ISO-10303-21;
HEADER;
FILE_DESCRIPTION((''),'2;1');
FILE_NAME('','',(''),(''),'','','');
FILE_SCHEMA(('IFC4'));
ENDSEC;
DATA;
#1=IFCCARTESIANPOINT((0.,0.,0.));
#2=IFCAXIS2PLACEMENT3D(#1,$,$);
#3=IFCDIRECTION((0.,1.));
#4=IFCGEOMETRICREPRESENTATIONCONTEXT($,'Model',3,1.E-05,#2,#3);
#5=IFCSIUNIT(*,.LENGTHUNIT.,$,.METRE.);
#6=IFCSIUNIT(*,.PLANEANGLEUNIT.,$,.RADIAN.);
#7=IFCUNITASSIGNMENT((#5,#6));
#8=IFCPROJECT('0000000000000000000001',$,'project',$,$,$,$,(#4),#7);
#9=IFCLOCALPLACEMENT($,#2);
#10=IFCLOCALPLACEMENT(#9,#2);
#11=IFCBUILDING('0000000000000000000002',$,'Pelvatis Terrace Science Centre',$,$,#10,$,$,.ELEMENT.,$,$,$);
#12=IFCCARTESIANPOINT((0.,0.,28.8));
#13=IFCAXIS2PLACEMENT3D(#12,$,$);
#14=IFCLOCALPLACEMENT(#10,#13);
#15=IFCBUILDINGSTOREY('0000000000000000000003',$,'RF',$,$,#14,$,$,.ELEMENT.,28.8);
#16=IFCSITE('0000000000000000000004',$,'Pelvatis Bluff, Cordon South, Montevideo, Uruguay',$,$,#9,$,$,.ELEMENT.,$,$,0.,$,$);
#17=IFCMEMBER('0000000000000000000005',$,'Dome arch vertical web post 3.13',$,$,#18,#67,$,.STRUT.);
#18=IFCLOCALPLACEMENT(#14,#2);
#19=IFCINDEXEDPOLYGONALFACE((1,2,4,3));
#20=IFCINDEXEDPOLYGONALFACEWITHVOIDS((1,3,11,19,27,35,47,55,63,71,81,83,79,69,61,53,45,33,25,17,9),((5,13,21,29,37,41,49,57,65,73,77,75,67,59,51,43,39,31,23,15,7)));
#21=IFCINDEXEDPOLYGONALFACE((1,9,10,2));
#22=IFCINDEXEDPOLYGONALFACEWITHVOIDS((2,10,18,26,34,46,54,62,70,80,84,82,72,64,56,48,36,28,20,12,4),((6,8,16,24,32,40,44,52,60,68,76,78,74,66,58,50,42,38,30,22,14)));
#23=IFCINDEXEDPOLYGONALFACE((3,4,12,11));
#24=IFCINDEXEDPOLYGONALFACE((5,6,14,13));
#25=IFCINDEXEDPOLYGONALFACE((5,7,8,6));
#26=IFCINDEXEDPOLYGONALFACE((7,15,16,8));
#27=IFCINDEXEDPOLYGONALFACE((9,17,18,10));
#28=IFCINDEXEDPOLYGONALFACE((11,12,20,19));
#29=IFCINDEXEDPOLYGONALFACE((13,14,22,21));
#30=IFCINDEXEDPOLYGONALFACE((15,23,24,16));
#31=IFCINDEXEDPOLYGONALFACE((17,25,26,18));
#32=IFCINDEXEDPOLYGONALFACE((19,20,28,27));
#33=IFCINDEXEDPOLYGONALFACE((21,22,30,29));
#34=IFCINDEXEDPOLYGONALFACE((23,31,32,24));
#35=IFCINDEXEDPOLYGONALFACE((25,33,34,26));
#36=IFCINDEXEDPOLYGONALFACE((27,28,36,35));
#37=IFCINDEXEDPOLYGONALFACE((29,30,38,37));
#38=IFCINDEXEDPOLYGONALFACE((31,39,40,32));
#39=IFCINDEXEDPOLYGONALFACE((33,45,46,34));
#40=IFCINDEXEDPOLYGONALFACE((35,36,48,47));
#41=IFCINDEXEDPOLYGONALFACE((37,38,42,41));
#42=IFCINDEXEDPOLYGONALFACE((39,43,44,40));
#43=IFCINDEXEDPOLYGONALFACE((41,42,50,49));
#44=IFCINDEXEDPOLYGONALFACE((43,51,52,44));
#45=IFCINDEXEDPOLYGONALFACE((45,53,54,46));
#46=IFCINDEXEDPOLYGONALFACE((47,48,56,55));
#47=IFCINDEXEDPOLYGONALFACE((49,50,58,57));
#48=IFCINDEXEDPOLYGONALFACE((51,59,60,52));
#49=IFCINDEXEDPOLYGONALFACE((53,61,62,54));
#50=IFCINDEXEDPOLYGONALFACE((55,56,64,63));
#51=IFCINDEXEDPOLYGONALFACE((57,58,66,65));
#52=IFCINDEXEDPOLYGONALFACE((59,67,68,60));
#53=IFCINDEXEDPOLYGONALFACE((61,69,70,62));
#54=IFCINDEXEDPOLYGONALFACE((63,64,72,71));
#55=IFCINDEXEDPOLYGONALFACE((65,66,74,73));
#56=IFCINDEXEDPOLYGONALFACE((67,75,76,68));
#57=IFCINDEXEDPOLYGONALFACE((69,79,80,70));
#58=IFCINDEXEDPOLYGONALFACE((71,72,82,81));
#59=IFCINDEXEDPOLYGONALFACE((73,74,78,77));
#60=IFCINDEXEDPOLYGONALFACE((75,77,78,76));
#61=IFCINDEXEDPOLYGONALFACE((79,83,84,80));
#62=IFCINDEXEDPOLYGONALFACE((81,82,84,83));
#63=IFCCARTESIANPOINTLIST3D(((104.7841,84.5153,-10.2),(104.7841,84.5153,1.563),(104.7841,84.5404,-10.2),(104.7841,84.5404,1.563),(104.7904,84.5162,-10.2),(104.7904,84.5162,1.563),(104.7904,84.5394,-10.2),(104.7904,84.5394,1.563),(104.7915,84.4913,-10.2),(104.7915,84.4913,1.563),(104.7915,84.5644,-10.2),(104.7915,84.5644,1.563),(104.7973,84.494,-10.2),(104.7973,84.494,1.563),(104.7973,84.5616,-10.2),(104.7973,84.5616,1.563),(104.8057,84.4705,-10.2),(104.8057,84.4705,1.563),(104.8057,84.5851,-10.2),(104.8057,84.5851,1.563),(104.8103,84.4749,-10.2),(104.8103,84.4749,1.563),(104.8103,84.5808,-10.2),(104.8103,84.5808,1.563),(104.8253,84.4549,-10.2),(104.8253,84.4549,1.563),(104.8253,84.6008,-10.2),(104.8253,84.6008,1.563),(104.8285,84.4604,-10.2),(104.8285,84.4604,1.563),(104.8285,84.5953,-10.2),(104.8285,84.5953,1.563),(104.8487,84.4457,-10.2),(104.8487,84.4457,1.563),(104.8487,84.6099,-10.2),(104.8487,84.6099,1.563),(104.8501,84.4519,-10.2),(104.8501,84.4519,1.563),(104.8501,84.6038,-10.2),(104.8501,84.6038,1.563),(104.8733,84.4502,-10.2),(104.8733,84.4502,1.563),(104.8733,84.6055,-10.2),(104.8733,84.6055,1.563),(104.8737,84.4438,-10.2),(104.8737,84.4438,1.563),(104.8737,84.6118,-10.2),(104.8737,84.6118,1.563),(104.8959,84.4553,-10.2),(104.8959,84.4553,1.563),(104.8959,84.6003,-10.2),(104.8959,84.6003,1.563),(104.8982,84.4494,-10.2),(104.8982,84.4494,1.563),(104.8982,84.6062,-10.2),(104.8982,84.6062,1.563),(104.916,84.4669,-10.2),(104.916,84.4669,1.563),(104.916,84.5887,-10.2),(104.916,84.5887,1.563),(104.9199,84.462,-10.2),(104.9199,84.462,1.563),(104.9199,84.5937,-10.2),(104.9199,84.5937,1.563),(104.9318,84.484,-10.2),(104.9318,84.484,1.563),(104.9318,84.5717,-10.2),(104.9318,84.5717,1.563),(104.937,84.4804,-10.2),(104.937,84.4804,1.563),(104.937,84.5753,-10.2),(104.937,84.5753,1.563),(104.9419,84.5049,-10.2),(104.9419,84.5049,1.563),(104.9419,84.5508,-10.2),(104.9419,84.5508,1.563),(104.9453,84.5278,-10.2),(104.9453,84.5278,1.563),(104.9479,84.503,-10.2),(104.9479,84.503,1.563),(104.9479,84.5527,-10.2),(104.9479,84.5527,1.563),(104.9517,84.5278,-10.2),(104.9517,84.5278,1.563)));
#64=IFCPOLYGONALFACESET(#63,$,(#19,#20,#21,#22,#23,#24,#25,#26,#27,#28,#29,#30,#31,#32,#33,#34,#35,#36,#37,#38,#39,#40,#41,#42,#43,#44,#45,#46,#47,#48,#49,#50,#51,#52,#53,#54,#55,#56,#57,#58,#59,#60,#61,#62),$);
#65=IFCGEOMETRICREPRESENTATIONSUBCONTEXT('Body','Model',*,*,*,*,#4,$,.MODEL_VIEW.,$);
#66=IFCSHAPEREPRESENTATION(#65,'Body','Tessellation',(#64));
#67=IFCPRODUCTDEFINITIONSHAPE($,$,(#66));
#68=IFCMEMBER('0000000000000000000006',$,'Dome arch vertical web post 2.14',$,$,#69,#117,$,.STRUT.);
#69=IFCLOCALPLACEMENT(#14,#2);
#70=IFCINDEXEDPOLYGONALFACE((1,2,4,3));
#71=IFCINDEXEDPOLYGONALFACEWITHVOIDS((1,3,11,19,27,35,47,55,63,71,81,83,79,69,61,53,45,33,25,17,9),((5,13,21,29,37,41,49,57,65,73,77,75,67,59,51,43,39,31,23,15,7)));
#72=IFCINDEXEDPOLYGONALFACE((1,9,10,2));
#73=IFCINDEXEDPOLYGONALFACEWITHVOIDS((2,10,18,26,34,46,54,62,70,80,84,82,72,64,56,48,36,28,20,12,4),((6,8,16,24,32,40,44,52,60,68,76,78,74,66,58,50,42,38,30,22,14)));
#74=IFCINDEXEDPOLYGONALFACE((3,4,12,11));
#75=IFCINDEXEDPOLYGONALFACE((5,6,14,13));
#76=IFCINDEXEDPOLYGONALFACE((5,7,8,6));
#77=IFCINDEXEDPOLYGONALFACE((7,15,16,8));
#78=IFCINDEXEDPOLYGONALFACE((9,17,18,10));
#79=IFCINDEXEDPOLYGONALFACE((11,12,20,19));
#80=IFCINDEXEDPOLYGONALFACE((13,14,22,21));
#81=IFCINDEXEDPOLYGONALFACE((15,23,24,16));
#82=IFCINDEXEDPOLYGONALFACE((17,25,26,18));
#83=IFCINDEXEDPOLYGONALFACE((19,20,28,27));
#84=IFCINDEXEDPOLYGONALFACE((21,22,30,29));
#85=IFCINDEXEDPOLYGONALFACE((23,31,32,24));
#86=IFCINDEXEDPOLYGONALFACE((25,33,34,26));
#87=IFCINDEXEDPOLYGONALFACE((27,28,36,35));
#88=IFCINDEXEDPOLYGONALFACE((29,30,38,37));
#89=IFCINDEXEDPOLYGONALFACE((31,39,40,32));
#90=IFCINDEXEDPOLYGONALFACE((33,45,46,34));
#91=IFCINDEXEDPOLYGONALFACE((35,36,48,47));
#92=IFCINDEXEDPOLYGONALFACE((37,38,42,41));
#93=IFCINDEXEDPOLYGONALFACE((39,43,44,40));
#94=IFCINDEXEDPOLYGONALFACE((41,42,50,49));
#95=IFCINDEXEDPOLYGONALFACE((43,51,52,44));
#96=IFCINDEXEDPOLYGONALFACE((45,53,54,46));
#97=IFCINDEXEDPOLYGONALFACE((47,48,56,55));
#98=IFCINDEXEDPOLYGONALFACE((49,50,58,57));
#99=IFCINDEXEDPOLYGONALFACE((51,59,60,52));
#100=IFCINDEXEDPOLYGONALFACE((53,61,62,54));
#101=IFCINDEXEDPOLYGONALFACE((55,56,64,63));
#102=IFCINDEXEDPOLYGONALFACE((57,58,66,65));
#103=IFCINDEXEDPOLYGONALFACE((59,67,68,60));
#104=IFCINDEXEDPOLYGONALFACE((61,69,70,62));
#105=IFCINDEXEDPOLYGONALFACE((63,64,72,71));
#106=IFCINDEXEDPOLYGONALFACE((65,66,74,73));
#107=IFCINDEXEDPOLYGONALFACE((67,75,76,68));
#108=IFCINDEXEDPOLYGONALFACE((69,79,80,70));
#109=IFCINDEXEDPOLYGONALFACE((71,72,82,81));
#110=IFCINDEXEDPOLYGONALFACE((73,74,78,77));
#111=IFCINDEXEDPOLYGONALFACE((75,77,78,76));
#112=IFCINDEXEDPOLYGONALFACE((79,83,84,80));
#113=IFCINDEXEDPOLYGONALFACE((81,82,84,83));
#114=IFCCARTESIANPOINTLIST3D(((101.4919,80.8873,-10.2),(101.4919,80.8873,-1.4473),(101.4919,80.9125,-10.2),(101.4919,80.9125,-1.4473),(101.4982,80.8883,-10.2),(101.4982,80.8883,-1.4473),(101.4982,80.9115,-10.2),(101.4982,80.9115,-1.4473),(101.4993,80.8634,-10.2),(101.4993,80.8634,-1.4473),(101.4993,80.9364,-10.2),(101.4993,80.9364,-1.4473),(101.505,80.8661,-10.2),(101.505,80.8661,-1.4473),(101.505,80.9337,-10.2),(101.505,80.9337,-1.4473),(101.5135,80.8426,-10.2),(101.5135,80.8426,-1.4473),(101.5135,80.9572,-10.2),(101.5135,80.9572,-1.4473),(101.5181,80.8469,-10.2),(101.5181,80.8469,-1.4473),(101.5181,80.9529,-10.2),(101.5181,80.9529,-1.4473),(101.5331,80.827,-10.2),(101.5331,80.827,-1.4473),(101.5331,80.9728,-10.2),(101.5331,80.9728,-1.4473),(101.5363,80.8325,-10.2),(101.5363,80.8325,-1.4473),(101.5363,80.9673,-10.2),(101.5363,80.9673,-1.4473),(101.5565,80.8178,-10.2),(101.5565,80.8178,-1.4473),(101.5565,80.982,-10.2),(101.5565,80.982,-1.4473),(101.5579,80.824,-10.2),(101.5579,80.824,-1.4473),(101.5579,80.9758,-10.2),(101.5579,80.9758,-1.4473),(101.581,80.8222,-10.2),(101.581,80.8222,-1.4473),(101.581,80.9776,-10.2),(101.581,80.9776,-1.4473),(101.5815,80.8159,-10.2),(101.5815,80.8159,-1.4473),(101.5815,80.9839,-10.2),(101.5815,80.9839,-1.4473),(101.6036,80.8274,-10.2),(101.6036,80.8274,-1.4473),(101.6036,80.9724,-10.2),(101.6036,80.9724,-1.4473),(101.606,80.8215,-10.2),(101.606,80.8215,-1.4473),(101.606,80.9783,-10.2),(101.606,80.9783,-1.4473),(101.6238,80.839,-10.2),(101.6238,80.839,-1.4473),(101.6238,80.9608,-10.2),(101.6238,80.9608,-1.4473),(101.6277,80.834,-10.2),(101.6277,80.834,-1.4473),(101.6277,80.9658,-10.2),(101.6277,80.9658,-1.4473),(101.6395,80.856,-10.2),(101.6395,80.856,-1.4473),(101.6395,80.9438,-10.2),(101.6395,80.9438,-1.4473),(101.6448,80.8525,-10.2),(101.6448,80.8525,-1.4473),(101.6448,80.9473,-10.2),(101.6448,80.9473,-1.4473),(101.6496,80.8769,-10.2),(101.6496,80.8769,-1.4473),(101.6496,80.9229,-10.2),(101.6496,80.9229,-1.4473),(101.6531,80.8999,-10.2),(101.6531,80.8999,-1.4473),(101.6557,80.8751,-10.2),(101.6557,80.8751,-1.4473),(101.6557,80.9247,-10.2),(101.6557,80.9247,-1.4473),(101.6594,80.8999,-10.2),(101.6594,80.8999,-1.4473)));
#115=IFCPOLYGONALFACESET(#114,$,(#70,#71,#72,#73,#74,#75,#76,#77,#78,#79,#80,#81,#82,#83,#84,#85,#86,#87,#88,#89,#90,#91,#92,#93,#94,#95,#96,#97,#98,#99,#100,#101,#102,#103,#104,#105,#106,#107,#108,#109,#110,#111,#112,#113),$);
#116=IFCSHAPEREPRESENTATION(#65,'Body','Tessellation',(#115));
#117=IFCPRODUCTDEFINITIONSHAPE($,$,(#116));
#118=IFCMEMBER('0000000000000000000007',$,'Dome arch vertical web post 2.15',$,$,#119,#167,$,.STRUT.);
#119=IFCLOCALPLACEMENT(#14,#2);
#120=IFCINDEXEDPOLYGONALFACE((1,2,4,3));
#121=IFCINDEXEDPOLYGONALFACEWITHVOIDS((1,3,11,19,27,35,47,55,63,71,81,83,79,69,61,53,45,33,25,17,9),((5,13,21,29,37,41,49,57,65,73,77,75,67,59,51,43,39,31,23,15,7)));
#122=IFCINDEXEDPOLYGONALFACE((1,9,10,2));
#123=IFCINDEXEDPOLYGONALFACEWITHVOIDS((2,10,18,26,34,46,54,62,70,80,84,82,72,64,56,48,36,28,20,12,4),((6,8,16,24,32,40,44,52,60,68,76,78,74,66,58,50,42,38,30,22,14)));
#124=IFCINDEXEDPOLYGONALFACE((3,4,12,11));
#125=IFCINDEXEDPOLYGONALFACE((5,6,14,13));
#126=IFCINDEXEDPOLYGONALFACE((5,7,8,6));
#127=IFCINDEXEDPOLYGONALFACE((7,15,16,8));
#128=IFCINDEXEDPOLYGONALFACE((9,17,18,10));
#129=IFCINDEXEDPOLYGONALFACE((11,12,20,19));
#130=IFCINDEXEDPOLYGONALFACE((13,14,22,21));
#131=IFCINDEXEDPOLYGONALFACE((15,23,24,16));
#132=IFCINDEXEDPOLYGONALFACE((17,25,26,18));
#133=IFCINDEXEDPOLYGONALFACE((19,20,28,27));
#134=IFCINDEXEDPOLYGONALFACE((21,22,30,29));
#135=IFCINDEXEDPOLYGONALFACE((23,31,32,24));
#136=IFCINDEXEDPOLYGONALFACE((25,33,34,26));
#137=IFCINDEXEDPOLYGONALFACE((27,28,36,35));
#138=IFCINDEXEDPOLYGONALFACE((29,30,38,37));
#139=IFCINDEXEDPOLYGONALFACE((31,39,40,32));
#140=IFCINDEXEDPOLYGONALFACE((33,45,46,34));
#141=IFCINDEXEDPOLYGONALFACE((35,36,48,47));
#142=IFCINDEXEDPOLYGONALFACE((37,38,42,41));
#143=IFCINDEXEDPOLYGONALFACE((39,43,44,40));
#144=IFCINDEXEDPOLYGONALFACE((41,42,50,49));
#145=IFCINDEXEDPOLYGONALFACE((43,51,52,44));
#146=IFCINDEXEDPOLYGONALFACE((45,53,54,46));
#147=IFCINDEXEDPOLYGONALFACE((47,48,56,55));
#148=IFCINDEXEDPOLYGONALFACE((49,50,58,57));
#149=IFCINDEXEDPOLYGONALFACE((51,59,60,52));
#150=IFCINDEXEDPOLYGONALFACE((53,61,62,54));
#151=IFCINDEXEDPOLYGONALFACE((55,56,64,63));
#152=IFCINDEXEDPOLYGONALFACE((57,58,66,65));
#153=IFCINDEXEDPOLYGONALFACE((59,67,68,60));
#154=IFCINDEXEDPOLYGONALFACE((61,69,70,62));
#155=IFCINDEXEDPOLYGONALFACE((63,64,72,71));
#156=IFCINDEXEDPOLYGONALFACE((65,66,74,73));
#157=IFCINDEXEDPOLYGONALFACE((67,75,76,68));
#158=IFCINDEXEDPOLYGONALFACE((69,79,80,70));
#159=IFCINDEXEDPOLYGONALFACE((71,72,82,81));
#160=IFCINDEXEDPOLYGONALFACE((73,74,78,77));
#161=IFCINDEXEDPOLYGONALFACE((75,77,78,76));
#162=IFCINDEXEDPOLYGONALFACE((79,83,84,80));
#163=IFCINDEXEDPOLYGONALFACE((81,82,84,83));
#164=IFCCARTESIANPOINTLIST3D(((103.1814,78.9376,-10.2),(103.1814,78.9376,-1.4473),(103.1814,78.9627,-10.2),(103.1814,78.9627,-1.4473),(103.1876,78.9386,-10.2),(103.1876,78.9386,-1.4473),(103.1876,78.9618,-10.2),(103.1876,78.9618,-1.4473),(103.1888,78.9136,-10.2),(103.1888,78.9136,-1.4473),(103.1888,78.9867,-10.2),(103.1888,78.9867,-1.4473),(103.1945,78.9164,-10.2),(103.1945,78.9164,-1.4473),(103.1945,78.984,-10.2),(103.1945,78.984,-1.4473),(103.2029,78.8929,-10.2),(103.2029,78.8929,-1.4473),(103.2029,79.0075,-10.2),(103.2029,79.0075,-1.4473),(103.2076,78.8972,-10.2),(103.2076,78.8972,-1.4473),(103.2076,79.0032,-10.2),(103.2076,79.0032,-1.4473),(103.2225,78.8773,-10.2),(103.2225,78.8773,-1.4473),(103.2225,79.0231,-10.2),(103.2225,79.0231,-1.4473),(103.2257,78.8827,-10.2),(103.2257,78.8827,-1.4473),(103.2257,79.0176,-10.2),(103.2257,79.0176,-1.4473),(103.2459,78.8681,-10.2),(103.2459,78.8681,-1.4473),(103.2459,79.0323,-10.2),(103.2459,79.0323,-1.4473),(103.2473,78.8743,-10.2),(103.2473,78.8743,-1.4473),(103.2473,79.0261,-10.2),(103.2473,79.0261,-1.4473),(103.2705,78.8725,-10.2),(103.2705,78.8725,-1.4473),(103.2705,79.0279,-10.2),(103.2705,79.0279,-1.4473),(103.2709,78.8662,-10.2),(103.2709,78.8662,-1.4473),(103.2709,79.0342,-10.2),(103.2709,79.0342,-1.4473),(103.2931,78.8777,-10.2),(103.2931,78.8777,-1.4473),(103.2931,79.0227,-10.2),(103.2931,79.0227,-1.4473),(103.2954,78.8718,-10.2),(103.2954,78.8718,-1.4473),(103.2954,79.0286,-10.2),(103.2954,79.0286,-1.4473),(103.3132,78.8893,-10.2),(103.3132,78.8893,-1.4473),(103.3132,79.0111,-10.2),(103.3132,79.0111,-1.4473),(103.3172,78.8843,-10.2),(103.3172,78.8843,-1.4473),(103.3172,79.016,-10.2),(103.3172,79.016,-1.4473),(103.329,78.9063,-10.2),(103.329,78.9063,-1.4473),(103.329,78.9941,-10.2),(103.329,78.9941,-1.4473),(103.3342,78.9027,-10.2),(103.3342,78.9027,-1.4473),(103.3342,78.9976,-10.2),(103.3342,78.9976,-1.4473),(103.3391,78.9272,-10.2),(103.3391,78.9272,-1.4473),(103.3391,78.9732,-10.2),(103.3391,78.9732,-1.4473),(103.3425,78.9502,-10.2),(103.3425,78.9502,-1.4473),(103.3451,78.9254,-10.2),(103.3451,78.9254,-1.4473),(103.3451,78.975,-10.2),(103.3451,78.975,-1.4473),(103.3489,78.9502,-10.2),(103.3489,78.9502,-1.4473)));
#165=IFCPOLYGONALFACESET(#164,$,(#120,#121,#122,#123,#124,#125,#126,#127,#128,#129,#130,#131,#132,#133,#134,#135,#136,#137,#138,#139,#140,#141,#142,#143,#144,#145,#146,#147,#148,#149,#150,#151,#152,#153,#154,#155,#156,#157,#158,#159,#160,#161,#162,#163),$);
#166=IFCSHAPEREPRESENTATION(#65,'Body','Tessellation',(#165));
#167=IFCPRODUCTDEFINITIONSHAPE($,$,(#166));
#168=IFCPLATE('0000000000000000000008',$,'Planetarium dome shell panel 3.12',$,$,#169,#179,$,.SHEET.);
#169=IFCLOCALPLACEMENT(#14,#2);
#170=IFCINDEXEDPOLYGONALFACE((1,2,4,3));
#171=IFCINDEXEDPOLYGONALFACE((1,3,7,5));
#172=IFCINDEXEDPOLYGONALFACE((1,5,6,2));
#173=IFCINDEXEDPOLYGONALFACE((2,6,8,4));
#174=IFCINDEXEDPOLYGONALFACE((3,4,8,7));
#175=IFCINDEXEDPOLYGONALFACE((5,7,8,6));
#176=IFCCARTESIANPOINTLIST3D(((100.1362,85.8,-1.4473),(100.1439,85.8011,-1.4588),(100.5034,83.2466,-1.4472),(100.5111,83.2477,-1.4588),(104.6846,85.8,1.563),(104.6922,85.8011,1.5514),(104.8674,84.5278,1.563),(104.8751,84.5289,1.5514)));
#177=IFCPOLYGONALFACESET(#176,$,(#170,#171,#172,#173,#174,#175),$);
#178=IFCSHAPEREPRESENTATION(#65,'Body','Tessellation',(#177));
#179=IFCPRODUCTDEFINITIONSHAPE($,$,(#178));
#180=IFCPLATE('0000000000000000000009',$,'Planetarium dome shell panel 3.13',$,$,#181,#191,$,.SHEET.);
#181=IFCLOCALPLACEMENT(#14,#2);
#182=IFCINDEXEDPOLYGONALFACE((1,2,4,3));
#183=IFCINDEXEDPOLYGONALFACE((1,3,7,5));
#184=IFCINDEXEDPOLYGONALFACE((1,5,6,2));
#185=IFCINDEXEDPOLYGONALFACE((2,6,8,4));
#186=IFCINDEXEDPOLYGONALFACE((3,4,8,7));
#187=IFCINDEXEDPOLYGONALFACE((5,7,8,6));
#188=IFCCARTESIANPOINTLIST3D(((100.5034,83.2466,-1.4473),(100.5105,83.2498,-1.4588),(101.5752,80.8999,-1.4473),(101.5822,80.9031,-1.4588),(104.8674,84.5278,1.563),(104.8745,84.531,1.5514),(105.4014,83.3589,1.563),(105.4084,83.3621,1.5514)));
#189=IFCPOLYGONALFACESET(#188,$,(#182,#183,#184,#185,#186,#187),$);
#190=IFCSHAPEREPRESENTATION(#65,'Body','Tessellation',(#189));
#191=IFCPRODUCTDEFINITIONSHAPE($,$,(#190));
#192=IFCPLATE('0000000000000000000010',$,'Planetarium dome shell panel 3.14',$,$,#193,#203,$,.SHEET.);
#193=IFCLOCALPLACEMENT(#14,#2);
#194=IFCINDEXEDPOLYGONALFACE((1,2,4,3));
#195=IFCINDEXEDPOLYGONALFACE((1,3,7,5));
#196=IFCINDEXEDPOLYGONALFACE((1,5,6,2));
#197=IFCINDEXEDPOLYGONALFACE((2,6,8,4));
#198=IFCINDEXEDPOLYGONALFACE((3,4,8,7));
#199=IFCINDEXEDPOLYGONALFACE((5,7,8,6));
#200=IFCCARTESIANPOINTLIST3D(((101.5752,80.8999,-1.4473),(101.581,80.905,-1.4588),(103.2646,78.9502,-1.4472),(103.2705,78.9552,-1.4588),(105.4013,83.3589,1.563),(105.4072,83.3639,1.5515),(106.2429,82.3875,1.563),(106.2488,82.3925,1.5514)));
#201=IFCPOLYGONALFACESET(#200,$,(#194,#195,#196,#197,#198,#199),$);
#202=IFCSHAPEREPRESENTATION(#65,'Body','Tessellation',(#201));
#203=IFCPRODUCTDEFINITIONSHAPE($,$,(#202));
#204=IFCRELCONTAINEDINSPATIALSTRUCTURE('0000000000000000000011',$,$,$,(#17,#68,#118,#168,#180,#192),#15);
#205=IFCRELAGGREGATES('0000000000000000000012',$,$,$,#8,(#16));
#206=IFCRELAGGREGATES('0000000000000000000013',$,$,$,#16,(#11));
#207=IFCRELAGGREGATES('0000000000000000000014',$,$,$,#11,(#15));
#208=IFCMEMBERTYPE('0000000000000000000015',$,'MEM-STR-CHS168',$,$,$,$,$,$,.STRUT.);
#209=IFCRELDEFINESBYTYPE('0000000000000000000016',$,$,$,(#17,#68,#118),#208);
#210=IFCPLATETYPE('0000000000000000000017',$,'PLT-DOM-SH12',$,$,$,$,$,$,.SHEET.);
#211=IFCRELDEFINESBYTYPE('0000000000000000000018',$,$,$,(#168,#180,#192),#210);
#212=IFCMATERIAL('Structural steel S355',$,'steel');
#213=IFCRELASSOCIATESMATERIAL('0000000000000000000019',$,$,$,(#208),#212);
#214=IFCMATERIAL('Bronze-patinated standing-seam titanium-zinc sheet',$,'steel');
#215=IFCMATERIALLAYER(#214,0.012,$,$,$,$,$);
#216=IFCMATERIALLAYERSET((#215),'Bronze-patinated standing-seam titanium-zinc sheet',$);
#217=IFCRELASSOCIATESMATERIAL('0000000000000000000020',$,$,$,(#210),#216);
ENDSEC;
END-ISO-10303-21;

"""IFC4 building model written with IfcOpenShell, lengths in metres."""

from ifc_helpers import new_model, si_unit, direction, frame, origin, origin_2d, place, context, subcontext, project, spatial, polyline, hollow_circle, outline, extrude, material, layer, layer_set, material_profile, profile_set, type_object, element, save


model = new_model("IFC4")

# Units and contexts
model_context = context("Model", 3, precision=1e-05, world=origin(), true_north=direction((0.0, 1.0)))
body_context = subcontext(model_context, "Body", "Model", "MODEL_VIEW")
ifc_project = project(units=[si_unit("LENGTHUNIT", "METRE"), si_unit("PLANEANGLEUNIT", "RADIAN")], contexts=[model_context])

# Site, building, storey
site_placement = place(None, origin())
site = spatial("IfcSite", under=ifc_project, at=site_placement, Name="Pelvatis Bluff, Cordon South, Montevideo, Uruguay", CompositionType="ELEMENT", RefElevation=0.0)
building_placement = place(site_placement, origin())
building = spatial("IfcBuilding", under=site, at=building_placement, Name="Pelvatis Terrace Science Centre", CompositionType="ELEMENT")
storey_placement = place(building_placement, frame((0.0, 0.0, 28.8)))
storey = spatial("IfcBuildingStorey", under=building, at=storey_placement, Name="RF", CompositionType="ELEMENT", Elevation=28.8)

# Members
ifc_material_1 = material(Name="Structural steel S355", Category="steel")
ifc_material_profile_1 = material_profile(ifc_material_1, hollow_circle(Radius=0.0842, WallThickness=0.0063, at=origin_2d()), Name="CHS 168.3x6.3")
ifc_profile_set_1 = profile_set([ifc_material_profile_1], Name="Structural steel S355")
member_type_1 = type_object("IfcMemberType", Name="MEM-STR-CHS168", PredefinedType="STRUT", material=ifc_profile_set_1)
member_placement = place(storey_placement, frame((104.8674, 84.5278, -10.2), z_axis=(0.0, 0.0, 1.0), x_axis=(1.0, 0.0, 0.0)))
element("IfcMember", 1, at=member_placement, inside=storey, type_object=member_type_1, Name="Dome arch vertical web post 3.13", PredefinedType="STRUT", context=body_context, shape_type="SweptSolid", body=[
    extrude(hollow_circle(Radius=0.0842, WallThickness=0.0063, at=origin_2d()), origin(), (0.0, 0.0, 1.0), 11.7629),
])
for number, where, z_axis, x_axis, name in (
    (2, (101.5752, 80.8999, -10.2), (0.0, 0.0, 1.0), (1.0, 0.0, 0.0), "Dome arch vertical web post 2.14"),
    (3, (103.2646, 78.9502, -10.2), (0.0, 0.0, 1.0), (1.0, 0.0, 0.0), "Dome arch vertical web post 2.15"),
):
    element("IfcMember", number, at=place(storey_placement, frame(where, z_axis=z_axis, x_axis=x_axis)), inside=storey, type_object=member_type_1, Name=name, PredefinedType="STRUT", context=body_context, shape_type="SweptSolid", body=[
        extrude(hollow_circle(Radius=0.0842, WallThickness=0.0063, at=origin_2d()), origin(), (0.0, 0.0, 1.0), 8.7527),
    ])

# Plates
ifc_material_2 = material(Name="Bronze-patinated standing-seam titanium-zinc sheet", Category="steel")
ifc_layer_1 = layer(ifc_material_2, 0.012)
ifc_layer_set_1 = layer_set([ifc_layer_1], Name="Bronze-patinated standing-seam titanium-zinc sheet")
plate_type_1 = type_object("IfcPlateType", Name="PLT-DOM-SH12", PredefinedType="SHEET", material=ifc_layer_set_1)
plate_1_placement = place(storey_placement, frame((100.1362, 85.8, -1.4473), z_axis=(-0.550183, -0.079104, 0.831289), x_axis=(0.142329, -0.989819, 0.00001)))
element("IfcPlate", 4, at=plate_1_placement, inside=storey, type_object=plate_type_1, Name="Planetarium dome shell panel 3.12", PredefinedType="SHEET", context=body_context, shape_type="SweptSolid", body=[
    extrude(outline(polyline([(0.0, 0.0), (2.5797, 0.0), (1.9327, 5.4156), (0.6474, 5.4157), (0.0, 0.0)])), origin(), (0.0, 0.0, -1.0), 0.0139),
])
plate_2_placement = place(storey_placement, frame((100.5034, 83.2466, -1.4473), z_axis=(-0.505608, -0.230929, 0.831284), x_axis=(0.415446, -0.909618, -0.000006)))
element("IfcPlate", 5, at=plate_2_placement, inside=storey, type_object=plate_type_1, Name="Planetarium dome shell panel 3.13", PredefinedType="SHEET", context=body_context, shape_type="SweptSolid", body=[
    extrude(outline(polyline([(0.0, 0.0), (2.5798, 0.0), (1.9327, 5.4156), (0.6475, 5.4156), (0.0, 0.0)])), origin(), (0.0, 0.0, -1.0), 0.0139),
])
plate_3_placement = place(storey_placement, frame((101.5752, 80.8999, -1.4473), z_axis=(-0.420099, -0.363992, 0.83128), x_axis=(0.654856, -0.755754, 0.000019)))
element("IfcPlate", 6, at=plate_3_placement, inside=storey, type_object=plate_type_1, Name="Planetarium dome shell panel 3.14", PredefinedType="SHEET", context=body_context, shape_type="SweptSolid", body=[
    extrude(outline(polyline([(0.0, 0.0), (2.5798, 0.0), (1.9325, 5.4155), (0.6473, 5.4156), (0.0, 0.0)])), origin(), (0.0, 0.0, -1.0), 0.0139),
])

save(model, "model.ifc")
